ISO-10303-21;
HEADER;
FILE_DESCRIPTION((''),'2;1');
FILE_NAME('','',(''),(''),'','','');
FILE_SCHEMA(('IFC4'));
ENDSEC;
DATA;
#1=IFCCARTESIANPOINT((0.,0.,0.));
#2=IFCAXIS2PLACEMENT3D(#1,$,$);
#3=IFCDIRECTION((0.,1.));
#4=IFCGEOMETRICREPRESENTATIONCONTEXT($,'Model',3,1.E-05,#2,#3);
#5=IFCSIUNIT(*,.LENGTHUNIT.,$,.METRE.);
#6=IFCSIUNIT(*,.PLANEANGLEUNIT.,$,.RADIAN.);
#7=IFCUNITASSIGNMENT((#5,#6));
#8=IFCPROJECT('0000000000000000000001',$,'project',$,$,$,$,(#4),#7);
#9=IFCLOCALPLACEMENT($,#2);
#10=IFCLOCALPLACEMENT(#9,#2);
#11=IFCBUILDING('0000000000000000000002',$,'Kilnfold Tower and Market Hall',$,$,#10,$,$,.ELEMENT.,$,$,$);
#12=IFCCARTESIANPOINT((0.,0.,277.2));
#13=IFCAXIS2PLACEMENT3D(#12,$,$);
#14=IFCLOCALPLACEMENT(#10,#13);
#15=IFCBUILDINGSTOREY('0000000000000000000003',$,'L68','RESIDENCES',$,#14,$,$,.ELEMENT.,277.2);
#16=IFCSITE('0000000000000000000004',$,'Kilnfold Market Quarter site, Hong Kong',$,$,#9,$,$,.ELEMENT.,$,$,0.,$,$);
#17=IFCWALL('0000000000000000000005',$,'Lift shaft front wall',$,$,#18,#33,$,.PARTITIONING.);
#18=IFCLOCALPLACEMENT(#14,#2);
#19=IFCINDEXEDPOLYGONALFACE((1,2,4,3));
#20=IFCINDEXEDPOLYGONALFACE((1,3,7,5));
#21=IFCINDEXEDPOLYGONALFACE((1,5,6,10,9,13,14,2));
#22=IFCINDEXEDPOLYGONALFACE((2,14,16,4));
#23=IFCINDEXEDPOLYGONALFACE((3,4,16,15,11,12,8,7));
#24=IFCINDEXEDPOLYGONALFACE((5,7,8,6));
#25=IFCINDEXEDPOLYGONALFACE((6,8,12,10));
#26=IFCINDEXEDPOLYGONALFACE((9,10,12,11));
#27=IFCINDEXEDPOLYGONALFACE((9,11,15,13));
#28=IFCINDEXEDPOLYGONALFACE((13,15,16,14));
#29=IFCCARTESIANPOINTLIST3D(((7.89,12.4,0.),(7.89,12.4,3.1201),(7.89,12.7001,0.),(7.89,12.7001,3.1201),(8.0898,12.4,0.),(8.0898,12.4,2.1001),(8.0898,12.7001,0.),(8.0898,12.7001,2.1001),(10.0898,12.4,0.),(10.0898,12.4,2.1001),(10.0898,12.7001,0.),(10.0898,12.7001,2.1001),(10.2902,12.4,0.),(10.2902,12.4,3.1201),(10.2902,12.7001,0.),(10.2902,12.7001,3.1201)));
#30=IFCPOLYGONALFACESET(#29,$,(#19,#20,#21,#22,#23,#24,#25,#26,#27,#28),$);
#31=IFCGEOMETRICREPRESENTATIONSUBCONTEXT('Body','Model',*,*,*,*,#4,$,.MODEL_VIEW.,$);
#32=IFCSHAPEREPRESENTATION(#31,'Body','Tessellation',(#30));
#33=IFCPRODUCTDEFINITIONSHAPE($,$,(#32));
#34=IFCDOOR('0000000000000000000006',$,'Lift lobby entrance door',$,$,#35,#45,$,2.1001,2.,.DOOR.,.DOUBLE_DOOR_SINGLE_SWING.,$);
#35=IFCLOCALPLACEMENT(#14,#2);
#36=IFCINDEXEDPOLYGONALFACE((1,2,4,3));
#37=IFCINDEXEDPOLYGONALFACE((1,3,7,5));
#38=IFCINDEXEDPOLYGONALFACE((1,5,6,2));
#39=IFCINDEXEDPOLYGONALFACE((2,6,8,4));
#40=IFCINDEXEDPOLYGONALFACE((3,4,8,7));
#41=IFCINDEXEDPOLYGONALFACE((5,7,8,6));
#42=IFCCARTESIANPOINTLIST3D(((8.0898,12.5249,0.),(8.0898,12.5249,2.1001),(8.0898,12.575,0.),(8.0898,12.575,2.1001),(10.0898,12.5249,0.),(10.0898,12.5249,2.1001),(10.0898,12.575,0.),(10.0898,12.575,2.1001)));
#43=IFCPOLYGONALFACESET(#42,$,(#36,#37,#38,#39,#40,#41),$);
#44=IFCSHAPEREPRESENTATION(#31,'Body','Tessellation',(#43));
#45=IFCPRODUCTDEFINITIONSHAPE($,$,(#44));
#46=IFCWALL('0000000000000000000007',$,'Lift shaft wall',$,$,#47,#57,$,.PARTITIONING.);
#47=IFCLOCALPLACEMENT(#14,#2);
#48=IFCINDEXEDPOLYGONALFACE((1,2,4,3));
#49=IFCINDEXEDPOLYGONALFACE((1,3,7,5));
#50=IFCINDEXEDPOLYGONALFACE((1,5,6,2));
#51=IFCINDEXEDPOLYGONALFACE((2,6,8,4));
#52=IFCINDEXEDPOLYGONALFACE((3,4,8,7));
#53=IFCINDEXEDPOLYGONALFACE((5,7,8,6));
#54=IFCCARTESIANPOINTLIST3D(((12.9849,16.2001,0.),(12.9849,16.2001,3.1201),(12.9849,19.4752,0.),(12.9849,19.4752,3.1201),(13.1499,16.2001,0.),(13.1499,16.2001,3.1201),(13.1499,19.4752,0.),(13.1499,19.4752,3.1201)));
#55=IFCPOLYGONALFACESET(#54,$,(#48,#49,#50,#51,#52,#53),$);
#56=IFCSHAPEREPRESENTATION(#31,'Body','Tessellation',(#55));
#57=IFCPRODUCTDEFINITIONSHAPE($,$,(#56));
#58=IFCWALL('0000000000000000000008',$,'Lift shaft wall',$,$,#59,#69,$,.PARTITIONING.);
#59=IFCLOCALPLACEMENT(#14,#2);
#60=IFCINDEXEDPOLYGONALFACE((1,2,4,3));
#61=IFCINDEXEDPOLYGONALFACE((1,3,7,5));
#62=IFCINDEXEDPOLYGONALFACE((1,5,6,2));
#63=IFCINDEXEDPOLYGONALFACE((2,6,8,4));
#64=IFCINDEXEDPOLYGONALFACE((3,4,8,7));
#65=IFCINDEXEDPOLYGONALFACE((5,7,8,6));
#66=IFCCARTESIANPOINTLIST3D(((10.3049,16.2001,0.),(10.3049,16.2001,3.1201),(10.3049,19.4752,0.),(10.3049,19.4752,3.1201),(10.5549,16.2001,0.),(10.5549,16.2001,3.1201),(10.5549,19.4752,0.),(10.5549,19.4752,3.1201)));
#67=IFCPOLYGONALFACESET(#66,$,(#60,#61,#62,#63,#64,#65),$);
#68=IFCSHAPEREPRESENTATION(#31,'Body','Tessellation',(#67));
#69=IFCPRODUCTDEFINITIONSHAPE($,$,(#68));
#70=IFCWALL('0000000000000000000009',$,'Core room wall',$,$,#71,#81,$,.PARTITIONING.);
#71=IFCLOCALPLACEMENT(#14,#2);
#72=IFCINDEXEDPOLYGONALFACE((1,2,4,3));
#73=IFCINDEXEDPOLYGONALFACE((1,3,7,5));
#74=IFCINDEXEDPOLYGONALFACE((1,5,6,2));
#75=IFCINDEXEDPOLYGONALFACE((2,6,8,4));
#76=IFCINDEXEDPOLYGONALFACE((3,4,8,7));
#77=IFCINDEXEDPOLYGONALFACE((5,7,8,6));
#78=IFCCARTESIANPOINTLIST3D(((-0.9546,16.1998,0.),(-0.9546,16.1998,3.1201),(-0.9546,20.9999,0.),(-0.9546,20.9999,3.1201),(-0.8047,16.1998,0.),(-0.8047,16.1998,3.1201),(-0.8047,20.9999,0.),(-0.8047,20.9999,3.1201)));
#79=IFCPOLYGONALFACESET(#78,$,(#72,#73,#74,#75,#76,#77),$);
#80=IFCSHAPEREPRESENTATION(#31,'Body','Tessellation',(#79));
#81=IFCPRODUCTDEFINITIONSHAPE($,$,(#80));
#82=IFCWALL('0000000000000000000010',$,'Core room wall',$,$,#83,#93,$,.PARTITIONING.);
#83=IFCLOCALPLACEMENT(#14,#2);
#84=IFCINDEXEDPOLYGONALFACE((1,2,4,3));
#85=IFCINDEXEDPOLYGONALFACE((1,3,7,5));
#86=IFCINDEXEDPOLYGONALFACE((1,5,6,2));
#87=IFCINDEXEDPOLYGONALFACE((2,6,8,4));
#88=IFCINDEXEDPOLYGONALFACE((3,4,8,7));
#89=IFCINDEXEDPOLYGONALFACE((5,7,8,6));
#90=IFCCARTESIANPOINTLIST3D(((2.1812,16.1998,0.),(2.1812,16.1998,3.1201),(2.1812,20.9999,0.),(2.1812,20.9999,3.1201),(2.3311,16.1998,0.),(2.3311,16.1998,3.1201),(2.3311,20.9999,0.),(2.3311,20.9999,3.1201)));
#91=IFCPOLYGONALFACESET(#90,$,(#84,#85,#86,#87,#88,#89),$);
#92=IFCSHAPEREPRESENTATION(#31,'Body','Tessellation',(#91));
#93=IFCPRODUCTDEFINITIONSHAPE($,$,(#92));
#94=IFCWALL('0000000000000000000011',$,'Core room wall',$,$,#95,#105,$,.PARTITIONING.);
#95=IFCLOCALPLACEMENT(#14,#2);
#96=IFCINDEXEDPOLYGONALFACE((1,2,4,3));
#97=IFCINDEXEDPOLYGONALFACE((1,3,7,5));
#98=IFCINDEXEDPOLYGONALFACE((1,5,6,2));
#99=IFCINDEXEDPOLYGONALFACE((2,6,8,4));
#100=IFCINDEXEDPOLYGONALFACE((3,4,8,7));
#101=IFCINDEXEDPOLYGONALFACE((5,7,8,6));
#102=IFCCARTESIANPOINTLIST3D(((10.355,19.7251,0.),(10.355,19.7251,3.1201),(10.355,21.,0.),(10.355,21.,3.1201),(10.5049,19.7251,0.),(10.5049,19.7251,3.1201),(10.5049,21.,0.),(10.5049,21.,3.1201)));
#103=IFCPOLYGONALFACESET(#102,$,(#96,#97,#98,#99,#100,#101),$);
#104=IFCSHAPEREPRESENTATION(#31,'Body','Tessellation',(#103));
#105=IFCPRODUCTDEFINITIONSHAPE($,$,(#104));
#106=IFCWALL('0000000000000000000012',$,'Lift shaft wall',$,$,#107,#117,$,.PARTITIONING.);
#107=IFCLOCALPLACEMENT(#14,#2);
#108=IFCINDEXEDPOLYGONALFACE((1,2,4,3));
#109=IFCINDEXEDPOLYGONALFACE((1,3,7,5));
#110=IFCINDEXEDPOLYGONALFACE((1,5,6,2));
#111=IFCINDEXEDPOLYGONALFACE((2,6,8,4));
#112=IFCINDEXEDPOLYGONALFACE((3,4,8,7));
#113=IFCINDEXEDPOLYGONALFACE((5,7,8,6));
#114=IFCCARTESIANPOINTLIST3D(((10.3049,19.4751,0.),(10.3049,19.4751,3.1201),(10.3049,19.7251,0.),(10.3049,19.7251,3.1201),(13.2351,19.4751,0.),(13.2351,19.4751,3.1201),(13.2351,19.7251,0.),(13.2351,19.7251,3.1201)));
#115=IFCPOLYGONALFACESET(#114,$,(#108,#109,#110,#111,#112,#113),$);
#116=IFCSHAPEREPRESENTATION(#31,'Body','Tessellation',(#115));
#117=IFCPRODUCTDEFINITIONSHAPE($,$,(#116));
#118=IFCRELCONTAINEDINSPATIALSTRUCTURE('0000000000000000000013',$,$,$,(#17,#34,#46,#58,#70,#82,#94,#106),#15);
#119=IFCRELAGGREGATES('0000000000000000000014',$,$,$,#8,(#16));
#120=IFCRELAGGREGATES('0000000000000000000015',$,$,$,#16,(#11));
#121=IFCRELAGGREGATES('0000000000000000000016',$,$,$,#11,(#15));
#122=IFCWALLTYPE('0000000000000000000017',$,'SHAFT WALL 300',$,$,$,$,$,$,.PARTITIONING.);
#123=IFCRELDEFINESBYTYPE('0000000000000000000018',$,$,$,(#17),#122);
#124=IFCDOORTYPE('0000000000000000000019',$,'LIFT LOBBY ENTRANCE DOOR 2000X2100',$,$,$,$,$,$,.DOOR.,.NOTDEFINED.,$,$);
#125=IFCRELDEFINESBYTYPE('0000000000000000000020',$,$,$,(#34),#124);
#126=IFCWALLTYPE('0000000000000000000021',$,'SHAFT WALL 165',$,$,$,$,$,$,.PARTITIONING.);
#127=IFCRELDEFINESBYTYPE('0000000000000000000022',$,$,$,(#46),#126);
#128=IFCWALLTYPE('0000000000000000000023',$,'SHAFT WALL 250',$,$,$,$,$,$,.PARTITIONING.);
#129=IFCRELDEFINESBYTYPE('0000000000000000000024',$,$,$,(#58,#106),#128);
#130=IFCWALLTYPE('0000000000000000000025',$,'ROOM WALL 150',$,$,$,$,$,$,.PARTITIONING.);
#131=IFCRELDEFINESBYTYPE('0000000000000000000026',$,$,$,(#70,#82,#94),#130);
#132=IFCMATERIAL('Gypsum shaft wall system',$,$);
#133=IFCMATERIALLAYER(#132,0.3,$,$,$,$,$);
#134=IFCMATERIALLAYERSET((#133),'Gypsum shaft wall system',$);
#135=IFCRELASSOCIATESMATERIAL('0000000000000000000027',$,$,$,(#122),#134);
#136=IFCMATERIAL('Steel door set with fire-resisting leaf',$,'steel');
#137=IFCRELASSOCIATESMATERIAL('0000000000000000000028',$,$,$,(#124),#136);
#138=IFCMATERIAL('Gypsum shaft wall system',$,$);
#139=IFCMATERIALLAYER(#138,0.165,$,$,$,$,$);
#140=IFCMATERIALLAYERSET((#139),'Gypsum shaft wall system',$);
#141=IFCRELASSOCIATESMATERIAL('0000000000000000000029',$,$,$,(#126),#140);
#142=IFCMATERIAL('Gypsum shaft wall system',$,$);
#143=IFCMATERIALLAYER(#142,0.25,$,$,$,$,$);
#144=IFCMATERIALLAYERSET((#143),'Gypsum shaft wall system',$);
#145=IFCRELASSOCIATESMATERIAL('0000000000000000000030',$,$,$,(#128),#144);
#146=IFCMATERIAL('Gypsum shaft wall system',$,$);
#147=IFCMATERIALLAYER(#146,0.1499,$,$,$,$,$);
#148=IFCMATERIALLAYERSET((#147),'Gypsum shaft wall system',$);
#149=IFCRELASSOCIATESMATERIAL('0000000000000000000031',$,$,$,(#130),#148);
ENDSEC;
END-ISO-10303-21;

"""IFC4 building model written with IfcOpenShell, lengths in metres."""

from ifc_helpers import new_model, si_unit, direction, frame, frame_2d, origin, place, context, subcontext, project, spatial, rectangle, extrude, source, transform, mapped, material, layer, layer_set, type_object, element, fill, save


model = new_model("IFC4")

# Units and contexts
model_context = context("Model", 3, precision=1e-05, world=origin(), true_north=direction((0.0, 1.0)))
body_context = subcontext(model_context, "Body", "Model", "MODEL_VIEW")
ifc_project = project(units=[si_unit("LENGTHUNIT", "METRE"), si_unit("PLANEANGLEUNIT", "RADIAN")], contexts=[model_context])

# Site, building, storey
site_placement = place(None, origin())
site = spatial("IfcSite", under=ifc_project, at=site_placement, Name="Kilnfold Market Quarter site, Hong Kong", CompositionType="ELEMENT", RefElevation=0.0)
building_placement = place(site_placement, origin())
building = spatial("IfcBuilding", under=site, at=building_placement, Name="Kilnfold Tower and Market Hall", CompositionType="ELEMENT")
storey_placement = place(building_placement, frame((0.0, 0.0, 277.2)))
storey = spatial("IfcBuildingStorey", under=building, at=storey_placement, Name="L68", Description="RESIDENCES", CompositionType="ELEMENT", Elevation=277.2)

# Wall, opening, door
ifc_material_1 = material(Name="Gypsum shaft wall system")
ifc_layer_1 = layer(ifc_material_1, 0.3)
ifc_layer_set_1 = layer_set([ifc_layer_1], Name="Gypsum shaft wall system")
wall_type_1 = type_object("IfcWallType", Name="SHAFT WALL 300", PredefinedType="PARTITIONING", material=ifc_layer_set_1)
shared_shape_1 = source(origin(), body_context, "Body", "SweptSolid", [
    extrude(rectangle(XDim=2.4001, YDim=0.3, at=frame_2d((1.2002, 0.0))), origin(), (0.0, 0.0, 1.0), 3.1201),
])
wall_1_placement = place(storey_placement, frame((7.8899, 12.55, 0.0), z_axis=(0.0, 0.0, 1.0), x_axis=(1.0, 0.0, 0.0)))
wall_1 = element("IfcWall", 1, at=wall_1_placement, inside=storey, type_object=wall_type_1, Name="Lift shaft front wall", PredefinedType="PARTITIONING", context=body_context, shape_type="MappedRepresentation", body=[
    mapped(shared_shape_1, transform((0.0, 0.0, 0.0))),
])
opening_1_placement = place(wall_1_placement, frame((0.2, 0.0, 0.0)))
opening_1 = element("IfcOpeningElement", 2, at=opening_1_placement, cuts=wall_1, PredefinedType="OPENING", context=body_context, shape_type="SweptSolid", body=[
    extrude(rectangle(XDim=2.0, YDim=2.1001, at=frame_2d((1.0, 1.05))), frame((0.0, 0.1602, 0.0), z_axis=(0.0, -1.0, 0.0), x_axis=(1.0, 0.0, 0.0)), (0.0, 0.0, 1.0), 0.3201),
])
ifc_material_2 = material(Name="Steel door set with fire-resisting leaf", Category="steel")
door_type_1 = type_object("IfcDoorType", Name="LIFT LOBBY ENTRANCE DOOR 2000X2100", OperationType="NOTDEFINED", PredefinedType="DOOR", material=ifc_material_2)
door_1_placement = place(opening_1_placement, origin())
door_1 = element("IfcDoor", 3, at=door_1_placement, inside=storey, type_object=door_type_1, Name="Lift lobby entrance door", OperationType="DOUBLE_DOOR_SINGLE_SWING", OverallHeight=2.1001, OverallWidth=2.0, PredefinedType="DOOR", context=body_context, shape_type="SweptSolid", body=[
    extrude(rectangle(XDim=2.0, YDim=2.1001, at=frame_2d((1.0, 1.05))), frame((0.0, 0.0249, 0.0), z_axis=(0.0, -1.0, 0.0), x_axis=(1.0, 0.0, 0.0)), (0.0, 0.0, 1.0), 0.05),
])
fill(opening_1, door_1)

# Walls
ifc_material_3 = material(Name="Gypsum shaft wall system")
ifc_layer_2 = layer(ifc_material_3, 0.165)
ifc_layer_set_2 = layer_set([ifc_layer_2], Name="Gypsum shaft wall system")
wall_type_2 = type_object("IfcWallType", Name="SHAFT WALL 165", PredefinedType="PARTITIONING", material=ifc_layer_set_2)
shared_shape_2 = source(origin(), body_context, "Body", "SweptSolid", [
    extrude(rectangle(XDim=3.2751, YDim=0.165, at=frame_2d((1.6377, 0.0))), origin(), (0.0, 0.0, 1.0), 3.1201),
])
wall_2_placement = place(storey_placement, frame((13.0674, 16.2, 0.0), z_axis=(0.0, 0.0, 1.0), x_axis=(0.0, 1.0, 0.0)))
element("IfcWall", 4, at=wall_2_placement, inside=storey, type_object=wall_type_2, Name="Lift shaft wall", PredefinedType="PARTITIONING", context=body_context, shape_type="MappedRepresentation", body=[
    mapped(shared_shape_2, transform((0.0, 0.0, 0.0))),
])
ifc_material_4 = material(Name="Gypsum shaft wall system")
ifc_layer_3 = layer(ifc_material_4, 0.25)
ifc_layer_set_3 = layer_set([ifc_layer_3], Name="Gypsum shaft wall system")
wall_type_3 = type_object("IfcWallType", Name="SHAFT WALL 250", PredefinedType="PARTITIONING", material=ifc_layer_set_3)
shared_shape_3 = source(origin(), body_context, "Body", "SweptSolid", [
    extrude(rectangle(XDim=3.2751, YDim=0.25, at=frame_2d((1.6377, 0.0))), origin(), (0.0, 0.0, 1.0), 3.1201),
])
wall_3_placement = place(storey_placement, frame((10.4299, 16.2, 0.0), z_axis=(0.0, 0.0, 1.0), x_axis=(0.0, 1.0, 0.0)))
element("IfcWall", 5, at=wall_3_placement, inside=storey, type_object=wall_type_3, Name="Lift shaft wall", PredefinedType="PARTITIONING", context=body_context, shape_type="MappedRepresentation", body=[
    mapped(shared_shape_3, transform((0.0, 0.0, 0.0))),
])
ifc_material_5 = material(Name="Gypsum shaft wall system")
ifc_layer_4 = layer(ifc_material_5, 0.1499)
ifc_layer_set_4 = layer_set([ifc_layer_4], Name="Gypsum shaft wall system")
wall_type_4 = type_object("IfcWallType", Name="ROOM WALL 150", PredefinedType="PARTITIONING", material=ifc_layer_set_4)
shared_shape_4 = source(origin(), body_context, "Body", "SweptSolid", [
    extrude(rectangle(XDim=4.8, YDim=0.1499, at=frame_2d((2.3999, 0.0))), origin(), (0.0, 0.0, 1.0), 3.1201),
])
for number, where, z_axis, x_axis, name in (
    (6, (-0.8796, 16.2, 0.0), (0.0, 0.0, 1.0), (0.0, 1.0, 0.0), "Core room wall"),
    (7, (2.2561, 16.2, 0.0), (0.0, 0.0, 1.0), (0.0, 1.0, 0.0), "Core room wall"),
):
    element("IfcWall", number, at=place(storey_placement, frame(where, z_axis=z_axis, x_axis=x_axis)), inside=storey, type_object=wall_type_4, Name=name, PredefinedType="PARTITIONING", context=body_context, shape_type="MappedRepresentation", body=[
        mapped(shared_shape_4, transform((0.0, 0.0, 0.0))),
    ])
shared_shape_5 = source(origin(), body_context, "Body", "SweptSolid", [
    extrude(rectangle(XDim=1.2749, YDim=0.1499, at=frame_2d((0.6375, 0.0))), origin(), (0.0, 0.0, 1.0), 3.1201),
])
wall_4_placement = place(storey_placement, frame((10.4299, 19.7251, 0.0), z_axis=(0.0, 0.0, 1.0), x_axis=(0.0, 1.0, 0.0)))
element("IfcWall", 8, at=wall_4_placement, inside=storey, type_object=wall_type_4, Name="Core room wall", PredefinedType="PARTITIONING", context=body_context, shape_type="MappedRepresentation", body=[
    mapped(shared_shape_5, transform((0.0, 0.0, 0.0))),
])
shared_shape_6 = source(origin(), body_context, "Body", "SweptSolid", [
    extrude(rectangle(XDim=2.9302, YDim=0.25, at=frame_2d((1.4651, 0.0))), origin(), (0.0, 0.0, 1.0), 3.1201),
])
wall_5_placement = place(storey_placement, frame((10.3049, 19.6001, 0.0), z_axis=(0.0, 0.0, 1.0), x_axis=(1.0, 0.0, 0.0)))
element("IfcWall", 9, at=wall_5_placement, inside=storey, type_object=wall_type_3, Name="Lift shaft wall", PredefinedType="PARTITIONING", context=body_context, shape_type="MappedRepresentation", body=[
    mapped(shared_shape_6, transform((0.0, 0.0, 0.0))),
])

save(model, "model.ifc")
